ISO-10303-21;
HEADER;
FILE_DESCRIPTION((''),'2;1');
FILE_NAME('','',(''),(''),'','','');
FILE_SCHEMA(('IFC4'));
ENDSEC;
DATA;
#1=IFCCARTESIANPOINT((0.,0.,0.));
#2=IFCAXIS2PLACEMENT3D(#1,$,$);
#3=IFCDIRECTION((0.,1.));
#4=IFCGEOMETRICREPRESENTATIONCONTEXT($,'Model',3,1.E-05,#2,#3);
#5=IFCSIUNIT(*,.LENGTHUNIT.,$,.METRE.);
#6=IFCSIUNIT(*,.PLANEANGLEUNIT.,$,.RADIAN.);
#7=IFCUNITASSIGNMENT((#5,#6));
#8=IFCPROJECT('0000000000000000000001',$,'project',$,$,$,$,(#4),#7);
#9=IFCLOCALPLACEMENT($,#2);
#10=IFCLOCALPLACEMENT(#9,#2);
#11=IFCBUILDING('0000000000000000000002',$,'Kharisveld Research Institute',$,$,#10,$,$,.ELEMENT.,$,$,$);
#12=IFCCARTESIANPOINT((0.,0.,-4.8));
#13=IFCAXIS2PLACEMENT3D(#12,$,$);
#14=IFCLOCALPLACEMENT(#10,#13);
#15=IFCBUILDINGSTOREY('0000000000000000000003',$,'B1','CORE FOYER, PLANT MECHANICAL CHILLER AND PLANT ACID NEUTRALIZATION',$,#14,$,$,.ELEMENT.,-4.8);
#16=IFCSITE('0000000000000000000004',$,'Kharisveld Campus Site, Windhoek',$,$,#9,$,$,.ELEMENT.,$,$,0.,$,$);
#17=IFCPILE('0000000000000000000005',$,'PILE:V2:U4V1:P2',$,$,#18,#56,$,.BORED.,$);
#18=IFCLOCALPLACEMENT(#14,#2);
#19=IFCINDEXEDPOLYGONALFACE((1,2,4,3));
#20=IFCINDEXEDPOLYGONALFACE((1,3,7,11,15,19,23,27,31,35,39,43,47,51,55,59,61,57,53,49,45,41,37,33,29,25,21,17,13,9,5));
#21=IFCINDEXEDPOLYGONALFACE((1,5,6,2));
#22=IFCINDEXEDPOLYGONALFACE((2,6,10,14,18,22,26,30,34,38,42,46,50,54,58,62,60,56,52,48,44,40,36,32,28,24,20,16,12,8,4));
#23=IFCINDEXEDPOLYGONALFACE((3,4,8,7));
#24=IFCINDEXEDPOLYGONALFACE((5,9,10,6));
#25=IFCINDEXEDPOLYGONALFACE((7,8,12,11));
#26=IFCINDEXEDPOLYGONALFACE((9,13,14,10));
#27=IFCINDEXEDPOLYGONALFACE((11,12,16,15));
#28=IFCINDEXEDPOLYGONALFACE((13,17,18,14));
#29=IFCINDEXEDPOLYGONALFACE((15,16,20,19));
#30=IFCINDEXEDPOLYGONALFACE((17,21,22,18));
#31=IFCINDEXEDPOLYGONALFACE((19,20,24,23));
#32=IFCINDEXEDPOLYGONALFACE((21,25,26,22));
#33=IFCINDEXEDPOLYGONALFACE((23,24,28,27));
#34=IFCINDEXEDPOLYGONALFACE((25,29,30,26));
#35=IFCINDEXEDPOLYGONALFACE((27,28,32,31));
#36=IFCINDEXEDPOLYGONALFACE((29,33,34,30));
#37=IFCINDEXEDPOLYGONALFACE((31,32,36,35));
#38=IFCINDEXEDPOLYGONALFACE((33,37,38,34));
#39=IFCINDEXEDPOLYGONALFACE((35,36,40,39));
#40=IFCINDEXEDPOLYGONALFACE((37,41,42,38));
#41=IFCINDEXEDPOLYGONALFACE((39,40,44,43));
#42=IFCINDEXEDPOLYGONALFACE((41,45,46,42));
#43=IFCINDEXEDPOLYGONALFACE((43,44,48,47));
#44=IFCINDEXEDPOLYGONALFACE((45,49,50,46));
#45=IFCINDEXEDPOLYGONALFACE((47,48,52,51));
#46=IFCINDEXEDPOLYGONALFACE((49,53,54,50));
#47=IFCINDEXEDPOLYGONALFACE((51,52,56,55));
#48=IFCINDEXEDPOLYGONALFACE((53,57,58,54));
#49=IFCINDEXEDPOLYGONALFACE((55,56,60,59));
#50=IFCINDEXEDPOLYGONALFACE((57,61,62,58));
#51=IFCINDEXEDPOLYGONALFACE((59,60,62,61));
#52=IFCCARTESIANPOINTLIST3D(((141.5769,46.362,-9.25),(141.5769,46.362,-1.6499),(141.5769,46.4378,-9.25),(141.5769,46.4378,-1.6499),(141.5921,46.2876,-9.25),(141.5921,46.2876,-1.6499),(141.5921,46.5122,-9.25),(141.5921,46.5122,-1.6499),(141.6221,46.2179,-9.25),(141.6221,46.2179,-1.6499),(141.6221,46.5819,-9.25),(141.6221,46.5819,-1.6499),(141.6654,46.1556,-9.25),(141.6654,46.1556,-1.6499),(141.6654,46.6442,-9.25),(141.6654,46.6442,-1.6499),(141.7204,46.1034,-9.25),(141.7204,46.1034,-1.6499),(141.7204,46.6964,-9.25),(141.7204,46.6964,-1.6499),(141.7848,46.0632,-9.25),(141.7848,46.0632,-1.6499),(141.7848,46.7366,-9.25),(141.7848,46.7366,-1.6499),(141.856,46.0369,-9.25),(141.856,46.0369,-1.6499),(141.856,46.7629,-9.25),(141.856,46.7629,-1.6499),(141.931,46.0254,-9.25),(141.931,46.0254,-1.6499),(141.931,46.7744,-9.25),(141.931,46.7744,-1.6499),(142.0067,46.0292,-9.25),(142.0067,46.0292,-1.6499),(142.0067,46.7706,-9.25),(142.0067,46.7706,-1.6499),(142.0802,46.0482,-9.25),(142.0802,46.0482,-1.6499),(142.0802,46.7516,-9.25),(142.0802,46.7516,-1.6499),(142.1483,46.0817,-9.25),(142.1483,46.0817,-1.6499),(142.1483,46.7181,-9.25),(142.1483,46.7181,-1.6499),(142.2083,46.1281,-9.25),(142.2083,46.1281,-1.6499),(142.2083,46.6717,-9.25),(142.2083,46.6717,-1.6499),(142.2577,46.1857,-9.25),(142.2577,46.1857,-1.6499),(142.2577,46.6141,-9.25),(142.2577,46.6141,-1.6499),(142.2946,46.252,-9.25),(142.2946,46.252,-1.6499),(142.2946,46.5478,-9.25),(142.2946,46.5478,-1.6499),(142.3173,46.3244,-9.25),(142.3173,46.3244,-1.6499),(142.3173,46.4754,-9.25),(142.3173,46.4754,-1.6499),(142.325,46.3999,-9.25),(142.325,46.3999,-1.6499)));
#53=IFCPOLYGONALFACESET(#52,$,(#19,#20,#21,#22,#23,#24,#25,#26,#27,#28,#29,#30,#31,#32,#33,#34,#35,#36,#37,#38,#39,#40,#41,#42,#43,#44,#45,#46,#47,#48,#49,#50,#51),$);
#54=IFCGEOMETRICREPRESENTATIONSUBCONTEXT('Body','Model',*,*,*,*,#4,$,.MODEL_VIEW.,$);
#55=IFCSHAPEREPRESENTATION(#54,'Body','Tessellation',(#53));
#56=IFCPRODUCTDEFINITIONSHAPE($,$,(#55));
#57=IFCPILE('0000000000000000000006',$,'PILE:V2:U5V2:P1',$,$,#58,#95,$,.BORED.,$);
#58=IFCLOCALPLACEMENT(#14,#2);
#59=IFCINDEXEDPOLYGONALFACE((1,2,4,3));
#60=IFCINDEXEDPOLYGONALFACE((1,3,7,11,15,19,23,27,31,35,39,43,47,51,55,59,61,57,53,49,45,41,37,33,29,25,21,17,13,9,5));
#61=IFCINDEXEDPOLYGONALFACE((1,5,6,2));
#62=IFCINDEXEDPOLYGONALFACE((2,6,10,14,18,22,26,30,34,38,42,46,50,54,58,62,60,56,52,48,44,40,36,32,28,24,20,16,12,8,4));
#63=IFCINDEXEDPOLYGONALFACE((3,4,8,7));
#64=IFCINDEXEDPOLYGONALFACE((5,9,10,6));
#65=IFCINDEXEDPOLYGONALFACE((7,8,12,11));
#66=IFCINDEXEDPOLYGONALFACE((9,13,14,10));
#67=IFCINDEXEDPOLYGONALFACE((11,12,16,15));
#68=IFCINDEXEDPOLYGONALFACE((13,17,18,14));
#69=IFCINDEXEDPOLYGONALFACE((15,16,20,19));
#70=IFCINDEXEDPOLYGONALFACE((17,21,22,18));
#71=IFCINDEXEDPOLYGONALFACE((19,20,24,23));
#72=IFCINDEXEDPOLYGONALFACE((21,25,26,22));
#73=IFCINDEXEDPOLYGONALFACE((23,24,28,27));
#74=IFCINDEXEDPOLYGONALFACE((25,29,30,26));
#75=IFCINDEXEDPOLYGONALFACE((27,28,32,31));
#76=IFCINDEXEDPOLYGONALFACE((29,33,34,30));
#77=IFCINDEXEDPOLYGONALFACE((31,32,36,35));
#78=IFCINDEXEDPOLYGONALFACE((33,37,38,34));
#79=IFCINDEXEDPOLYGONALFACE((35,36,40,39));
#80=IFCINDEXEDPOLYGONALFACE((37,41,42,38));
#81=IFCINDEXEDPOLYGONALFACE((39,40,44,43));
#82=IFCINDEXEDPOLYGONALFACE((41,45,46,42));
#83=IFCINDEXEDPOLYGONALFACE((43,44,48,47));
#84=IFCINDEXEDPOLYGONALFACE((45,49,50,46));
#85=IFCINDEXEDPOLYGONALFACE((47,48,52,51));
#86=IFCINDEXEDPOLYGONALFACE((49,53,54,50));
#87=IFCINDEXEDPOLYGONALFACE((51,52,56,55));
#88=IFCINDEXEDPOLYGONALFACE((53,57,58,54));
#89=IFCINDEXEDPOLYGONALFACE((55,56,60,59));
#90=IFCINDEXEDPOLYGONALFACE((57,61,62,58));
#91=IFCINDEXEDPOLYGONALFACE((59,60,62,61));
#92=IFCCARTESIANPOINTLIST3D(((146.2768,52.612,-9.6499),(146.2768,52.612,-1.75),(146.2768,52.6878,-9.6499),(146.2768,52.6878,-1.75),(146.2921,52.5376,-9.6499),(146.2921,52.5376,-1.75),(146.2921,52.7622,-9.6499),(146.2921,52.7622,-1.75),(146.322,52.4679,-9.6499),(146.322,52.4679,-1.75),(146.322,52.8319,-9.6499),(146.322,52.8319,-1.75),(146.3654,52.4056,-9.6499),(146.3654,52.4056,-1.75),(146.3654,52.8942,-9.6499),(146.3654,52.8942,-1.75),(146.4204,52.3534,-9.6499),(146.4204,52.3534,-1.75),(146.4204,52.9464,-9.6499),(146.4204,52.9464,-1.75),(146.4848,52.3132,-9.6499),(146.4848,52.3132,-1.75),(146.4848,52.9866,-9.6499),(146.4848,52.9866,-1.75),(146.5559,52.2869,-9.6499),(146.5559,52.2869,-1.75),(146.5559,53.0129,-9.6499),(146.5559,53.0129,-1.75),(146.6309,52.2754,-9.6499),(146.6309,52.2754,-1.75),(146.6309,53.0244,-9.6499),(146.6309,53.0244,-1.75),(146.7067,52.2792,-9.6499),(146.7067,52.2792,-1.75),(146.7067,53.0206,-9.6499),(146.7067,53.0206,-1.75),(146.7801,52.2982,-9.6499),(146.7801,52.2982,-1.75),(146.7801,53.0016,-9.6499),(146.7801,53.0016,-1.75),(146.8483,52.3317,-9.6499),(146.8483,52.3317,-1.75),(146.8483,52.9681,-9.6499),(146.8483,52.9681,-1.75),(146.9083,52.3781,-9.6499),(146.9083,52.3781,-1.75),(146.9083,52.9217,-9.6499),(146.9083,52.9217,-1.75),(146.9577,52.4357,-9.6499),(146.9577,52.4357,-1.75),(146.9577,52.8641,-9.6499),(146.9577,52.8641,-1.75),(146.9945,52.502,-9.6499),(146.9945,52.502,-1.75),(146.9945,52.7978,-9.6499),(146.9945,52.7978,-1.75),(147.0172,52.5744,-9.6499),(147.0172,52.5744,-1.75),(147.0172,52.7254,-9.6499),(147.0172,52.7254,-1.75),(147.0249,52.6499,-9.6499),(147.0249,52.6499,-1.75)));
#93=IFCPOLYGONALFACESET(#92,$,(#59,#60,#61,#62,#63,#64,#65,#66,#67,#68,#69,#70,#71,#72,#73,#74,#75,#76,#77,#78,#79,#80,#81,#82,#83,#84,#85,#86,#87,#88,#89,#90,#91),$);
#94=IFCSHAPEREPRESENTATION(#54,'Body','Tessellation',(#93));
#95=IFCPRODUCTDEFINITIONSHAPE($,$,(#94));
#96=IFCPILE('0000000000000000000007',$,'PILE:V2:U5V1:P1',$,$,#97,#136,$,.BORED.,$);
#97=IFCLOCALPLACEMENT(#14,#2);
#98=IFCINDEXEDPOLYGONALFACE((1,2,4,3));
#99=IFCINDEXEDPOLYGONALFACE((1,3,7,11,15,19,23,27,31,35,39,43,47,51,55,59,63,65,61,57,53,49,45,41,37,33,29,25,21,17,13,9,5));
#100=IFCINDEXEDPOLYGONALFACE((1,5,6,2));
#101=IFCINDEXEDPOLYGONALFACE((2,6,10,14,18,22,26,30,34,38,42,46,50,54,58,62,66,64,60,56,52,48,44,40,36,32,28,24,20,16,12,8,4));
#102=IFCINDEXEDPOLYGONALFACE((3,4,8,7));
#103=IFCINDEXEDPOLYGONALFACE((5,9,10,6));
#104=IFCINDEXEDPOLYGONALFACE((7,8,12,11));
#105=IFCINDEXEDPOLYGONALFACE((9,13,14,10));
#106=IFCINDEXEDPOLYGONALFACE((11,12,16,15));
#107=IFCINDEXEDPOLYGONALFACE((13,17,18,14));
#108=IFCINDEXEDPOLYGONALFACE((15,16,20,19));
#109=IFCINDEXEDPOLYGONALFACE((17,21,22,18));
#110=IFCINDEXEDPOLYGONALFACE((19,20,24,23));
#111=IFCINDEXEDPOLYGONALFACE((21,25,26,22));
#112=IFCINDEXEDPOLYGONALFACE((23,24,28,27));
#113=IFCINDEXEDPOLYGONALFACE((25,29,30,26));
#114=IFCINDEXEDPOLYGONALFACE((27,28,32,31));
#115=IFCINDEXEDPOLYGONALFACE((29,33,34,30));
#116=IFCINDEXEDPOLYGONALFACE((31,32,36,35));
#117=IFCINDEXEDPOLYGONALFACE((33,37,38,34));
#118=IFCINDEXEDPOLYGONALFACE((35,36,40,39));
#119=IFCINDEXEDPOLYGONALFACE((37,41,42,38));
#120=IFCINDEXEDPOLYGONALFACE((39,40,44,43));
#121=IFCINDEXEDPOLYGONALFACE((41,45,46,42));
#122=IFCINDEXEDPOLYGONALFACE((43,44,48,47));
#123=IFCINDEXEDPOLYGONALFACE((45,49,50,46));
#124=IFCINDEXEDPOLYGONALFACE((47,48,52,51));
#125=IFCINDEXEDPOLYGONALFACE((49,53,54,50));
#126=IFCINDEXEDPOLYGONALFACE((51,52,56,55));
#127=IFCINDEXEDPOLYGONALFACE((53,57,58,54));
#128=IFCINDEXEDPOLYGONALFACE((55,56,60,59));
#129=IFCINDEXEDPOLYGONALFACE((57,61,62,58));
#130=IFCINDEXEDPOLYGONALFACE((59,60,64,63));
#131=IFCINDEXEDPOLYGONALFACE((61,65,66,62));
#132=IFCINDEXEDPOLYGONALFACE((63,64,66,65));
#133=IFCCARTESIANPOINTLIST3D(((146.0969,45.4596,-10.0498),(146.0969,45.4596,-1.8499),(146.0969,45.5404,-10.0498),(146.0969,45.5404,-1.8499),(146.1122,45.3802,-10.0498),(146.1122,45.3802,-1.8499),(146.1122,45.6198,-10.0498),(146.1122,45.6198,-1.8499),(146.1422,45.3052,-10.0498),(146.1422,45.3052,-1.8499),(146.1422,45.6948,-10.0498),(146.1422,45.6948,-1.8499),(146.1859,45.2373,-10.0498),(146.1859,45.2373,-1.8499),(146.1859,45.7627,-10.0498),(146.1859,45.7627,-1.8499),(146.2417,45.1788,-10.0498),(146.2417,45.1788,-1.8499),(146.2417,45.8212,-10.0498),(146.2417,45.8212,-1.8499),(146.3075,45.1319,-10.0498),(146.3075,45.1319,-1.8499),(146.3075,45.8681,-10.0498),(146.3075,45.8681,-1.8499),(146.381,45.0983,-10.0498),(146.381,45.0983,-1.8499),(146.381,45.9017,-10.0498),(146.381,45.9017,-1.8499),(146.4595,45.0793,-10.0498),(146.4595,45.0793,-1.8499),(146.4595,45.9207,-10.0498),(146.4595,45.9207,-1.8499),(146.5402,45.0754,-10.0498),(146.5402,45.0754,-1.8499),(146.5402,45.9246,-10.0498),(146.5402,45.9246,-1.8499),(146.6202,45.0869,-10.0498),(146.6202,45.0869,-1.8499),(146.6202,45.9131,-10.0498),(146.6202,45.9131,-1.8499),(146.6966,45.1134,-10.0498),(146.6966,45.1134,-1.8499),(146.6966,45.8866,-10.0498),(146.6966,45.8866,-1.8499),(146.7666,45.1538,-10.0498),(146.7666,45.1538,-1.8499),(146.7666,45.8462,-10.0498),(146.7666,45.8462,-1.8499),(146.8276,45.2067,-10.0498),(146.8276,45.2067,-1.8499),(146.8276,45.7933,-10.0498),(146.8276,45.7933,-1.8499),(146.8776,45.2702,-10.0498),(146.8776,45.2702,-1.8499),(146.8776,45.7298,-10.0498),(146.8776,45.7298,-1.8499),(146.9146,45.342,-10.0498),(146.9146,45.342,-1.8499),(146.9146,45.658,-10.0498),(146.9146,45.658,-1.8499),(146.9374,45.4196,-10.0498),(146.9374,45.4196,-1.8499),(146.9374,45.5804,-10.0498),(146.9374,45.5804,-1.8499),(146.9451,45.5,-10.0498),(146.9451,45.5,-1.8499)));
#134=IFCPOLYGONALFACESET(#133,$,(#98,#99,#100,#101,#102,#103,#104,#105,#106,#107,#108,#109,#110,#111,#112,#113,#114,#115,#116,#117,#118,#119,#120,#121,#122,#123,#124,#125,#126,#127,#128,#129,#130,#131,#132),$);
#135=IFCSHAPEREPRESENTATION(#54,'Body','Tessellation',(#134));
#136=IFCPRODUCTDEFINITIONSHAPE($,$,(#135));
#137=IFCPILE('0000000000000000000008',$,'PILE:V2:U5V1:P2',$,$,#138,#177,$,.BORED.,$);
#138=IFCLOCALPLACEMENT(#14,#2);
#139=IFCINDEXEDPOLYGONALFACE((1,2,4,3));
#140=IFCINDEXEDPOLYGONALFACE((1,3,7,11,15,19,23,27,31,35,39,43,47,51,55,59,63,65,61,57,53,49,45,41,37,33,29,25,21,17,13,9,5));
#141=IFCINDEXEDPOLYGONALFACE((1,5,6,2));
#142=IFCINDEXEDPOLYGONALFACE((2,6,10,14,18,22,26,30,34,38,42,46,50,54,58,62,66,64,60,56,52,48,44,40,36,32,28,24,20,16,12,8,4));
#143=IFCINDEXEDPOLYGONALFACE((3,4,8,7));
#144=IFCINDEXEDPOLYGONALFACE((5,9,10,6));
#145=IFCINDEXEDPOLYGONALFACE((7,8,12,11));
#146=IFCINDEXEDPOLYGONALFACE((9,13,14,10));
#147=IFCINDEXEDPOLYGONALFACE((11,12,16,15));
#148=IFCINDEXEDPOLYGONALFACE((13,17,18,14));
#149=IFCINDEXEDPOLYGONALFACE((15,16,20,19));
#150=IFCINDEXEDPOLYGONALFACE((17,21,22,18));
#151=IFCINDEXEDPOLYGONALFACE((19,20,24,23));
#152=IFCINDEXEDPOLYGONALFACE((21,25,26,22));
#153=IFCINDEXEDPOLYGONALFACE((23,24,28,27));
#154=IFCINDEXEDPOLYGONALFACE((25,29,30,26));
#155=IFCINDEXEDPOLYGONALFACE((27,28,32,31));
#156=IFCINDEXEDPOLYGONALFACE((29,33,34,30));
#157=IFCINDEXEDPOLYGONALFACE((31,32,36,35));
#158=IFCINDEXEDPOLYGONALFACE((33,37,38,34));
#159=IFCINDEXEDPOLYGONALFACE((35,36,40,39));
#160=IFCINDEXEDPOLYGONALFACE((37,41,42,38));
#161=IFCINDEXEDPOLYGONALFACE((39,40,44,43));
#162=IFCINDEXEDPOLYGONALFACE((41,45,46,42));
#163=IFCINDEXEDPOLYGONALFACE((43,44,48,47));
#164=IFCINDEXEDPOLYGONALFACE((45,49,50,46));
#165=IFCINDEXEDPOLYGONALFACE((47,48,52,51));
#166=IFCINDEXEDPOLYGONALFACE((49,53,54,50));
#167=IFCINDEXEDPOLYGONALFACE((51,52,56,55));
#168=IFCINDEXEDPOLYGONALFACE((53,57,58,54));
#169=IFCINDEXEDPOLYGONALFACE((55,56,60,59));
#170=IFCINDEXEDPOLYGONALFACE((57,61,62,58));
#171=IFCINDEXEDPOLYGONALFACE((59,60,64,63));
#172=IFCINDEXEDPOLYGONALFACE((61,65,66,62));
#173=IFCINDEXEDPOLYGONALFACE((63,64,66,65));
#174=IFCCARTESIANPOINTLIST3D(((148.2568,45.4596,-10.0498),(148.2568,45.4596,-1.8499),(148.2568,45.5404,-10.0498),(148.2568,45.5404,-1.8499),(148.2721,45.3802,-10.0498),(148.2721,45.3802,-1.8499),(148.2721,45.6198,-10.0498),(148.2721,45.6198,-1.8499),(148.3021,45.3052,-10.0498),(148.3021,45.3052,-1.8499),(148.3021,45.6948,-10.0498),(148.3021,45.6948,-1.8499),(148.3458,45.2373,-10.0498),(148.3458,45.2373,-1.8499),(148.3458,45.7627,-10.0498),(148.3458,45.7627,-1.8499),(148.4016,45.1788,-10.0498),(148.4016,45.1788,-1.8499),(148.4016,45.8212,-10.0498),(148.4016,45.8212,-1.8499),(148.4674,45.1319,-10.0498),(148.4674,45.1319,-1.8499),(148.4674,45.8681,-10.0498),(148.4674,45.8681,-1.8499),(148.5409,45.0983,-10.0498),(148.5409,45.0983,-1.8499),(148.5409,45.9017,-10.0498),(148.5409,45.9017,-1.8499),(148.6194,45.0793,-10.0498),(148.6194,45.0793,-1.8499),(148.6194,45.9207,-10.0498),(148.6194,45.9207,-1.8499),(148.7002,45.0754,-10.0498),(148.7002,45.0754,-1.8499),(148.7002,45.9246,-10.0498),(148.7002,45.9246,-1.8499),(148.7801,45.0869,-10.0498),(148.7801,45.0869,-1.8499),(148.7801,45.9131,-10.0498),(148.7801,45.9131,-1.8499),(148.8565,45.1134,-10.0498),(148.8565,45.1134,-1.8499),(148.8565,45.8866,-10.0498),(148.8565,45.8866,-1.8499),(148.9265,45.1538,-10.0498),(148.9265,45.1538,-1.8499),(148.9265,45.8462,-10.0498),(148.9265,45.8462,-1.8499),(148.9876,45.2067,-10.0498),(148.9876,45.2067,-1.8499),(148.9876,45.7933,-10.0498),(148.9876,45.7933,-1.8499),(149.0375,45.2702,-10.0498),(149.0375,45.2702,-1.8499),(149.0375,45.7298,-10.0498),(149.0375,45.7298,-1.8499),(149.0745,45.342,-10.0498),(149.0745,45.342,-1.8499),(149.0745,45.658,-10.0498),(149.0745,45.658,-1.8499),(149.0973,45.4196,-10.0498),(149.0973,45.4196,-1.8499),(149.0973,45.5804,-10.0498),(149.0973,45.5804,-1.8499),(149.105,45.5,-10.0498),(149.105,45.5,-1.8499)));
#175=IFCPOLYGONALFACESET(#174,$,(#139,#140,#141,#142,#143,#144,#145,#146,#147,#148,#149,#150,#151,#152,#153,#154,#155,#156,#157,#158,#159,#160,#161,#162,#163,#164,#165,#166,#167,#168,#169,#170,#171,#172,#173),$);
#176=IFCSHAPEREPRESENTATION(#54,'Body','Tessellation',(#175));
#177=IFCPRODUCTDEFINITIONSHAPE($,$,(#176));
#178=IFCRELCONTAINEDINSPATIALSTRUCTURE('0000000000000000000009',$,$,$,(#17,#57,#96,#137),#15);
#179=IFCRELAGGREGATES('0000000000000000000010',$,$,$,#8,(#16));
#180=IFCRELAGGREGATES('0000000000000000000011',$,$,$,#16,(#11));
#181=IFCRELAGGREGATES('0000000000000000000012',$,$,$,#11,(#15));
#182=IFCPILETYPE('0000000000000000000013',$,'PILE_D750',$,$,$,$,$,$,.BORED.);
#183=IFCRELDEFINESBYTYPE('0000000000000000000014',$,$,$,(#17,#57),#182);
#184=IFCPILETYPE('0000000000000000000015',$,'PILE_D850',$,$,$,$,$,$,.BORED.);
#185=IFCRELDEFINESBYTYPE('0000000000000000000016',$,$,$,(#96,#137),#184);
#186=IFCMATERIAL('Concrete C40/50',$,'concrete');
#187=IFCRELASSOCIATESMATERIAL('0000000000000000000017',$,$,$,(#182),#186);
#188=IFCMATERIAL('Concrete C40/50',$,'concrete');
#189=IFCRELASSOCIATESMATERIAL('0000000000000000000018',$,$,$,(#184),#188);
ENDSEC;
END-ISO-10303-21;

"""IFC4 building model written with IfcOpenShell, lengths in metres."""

from ifc_helpers import new_model, si_unit, direction, frame, origin, origin_2d, place, context, subcontext, project, spatial, circle, extrude, material, material_profile, profile_set, type_object, element, save


model = new_model("IFC4")

# Units and contexts
model_context = context("Model", 3, precision=1e-05, world=origin(), true_north=direction((0.0, 1.0)))
body_context = subcontext(model_context, "Body", "Model", "MODEL_VIEW")
ifc_project = project(units=[si_unit("LENGTHUNIT", "METRE"), si_unit("PLANEANGLEUNIT", "RADIAN")], contexts=[model_context])

# Site, building, storey
site_placement = place(None, origin())
site = spatial("IfcSite", under=ifc_project, at=site_placement, Name="Kharisveld Campus Site, Windhoek", CompositionType="ELEMENT", RefElevation=0.0)
building_placement = place(site_placement, origin())
building = spatial("IfcBuilding", under=site, at=building_placement, Name="Kharisveld Research Institute", CompositionType="ELEMENT")
storey_placement = place(building_placement, frame((0.0, 0.0, -4.8)))
storey = spatial("IfcBuildingStorey", under=building, at=storey_placement, Name="B1", Description="CORE FOYER, PLANT MECHANICAL CHILLER AND PLANT ACID NEUTRALIZATION", CompositionType="ELEMENT", Elevation=-4.8)

# Piles
ifc_material_1 = material(Name="Concrete C40/50", Category="concrete")
ifc_material_profile_1 = material_profile(ifc_material_1, circle(Radius=0.375, at=origin_2d()))
ifc_profile_set_1 = profile_set([ifc_material_profile_1], Name="Concrete C40/50")
pile_type_1 = type_object("IfcPileType", Name="PILE_D750", PredefinedType="BORED", material=ifc_profile_set_1)
pile_1_placement = place(storey_placement, frame((141.95, 46.3999, -1.6499), z_axis=(0.0, 0.0, -1.0), x_axis=(1.0, 0.0, 0.0)))
element("IfcPile", 1, at=pile_1_placement, inside=storey, type_object=pile_type_1, Name="PILE:V2:U4V1:P2", PredefinedType="BORED", context=body_context, shape_type="SweptSolid", body=[
    extrude(circle(Radius=0.375, at=origin_2d()), origin(), (0.0, 0.0, 1.0), 7.6001),
])
pile_2_placement = place(storey_placement, frame((146.6499, 52.6499, -1.75), z_axis=(0.0, 0.0, -1.0), x_axis=(1.0, 0.0, 0.0)))
element("IfcPile", 2, at=pile_2_placement, inside=storey, type_object=pile_type_1, Name="PILE:V2:U5V2:P1", PredefinedType="BORED", context=body_context, shape_type="SweptSolid", body=[
    extrude(circle(Radius=0.375, at=origin_2d()), origin(), (0.0, 0.0, 1.0), 7.8999),
])
ifc_material_2 = material(Name="Concrete C40/50", Category="concrete")
ifc_material_profile_2 = material_profile(ifc_material_2, circle(Radius=0.425, at=origin_2d()))
ifc_profile_set_2 = profile_set([ifc_material_profile_2], Name="Concrete C40/50")
pile_type_2 = type_object("IfcPileType", Name="PILE_D850", PredefinedType="BORED", material=ifc_profile_set_2)
for number, where, z_axis, x_axis, name in (
    (3, (146.52, 45.5, -1.8499), (0.0, 0.0, -1.0), (1.0, 0.0, 0.0), "PILE:V2:U5V1:P1"),
    (4, (148.6799, 45.5, -1.8499), (0.0, 0.0, -1.0), (1.0, 0.0, 0.0), "PILE:V2:U5V1:P2"),
):
    element("IfcPile", number, at=place(storey_placement, frame(where, z_axis=z_axis, x_axis=x_axis)), inside=storey, type_object=pile_type_2, Name=name, PredefinedType="BORED", context=body_context, shape_type="SweptSolid", body=[
        extrude(circle(Radius=0.425, at=origin_2d()), origin(), (0.0, 0.0, 1.0), 8.2),
    ])

save(model, "model.ifc")
